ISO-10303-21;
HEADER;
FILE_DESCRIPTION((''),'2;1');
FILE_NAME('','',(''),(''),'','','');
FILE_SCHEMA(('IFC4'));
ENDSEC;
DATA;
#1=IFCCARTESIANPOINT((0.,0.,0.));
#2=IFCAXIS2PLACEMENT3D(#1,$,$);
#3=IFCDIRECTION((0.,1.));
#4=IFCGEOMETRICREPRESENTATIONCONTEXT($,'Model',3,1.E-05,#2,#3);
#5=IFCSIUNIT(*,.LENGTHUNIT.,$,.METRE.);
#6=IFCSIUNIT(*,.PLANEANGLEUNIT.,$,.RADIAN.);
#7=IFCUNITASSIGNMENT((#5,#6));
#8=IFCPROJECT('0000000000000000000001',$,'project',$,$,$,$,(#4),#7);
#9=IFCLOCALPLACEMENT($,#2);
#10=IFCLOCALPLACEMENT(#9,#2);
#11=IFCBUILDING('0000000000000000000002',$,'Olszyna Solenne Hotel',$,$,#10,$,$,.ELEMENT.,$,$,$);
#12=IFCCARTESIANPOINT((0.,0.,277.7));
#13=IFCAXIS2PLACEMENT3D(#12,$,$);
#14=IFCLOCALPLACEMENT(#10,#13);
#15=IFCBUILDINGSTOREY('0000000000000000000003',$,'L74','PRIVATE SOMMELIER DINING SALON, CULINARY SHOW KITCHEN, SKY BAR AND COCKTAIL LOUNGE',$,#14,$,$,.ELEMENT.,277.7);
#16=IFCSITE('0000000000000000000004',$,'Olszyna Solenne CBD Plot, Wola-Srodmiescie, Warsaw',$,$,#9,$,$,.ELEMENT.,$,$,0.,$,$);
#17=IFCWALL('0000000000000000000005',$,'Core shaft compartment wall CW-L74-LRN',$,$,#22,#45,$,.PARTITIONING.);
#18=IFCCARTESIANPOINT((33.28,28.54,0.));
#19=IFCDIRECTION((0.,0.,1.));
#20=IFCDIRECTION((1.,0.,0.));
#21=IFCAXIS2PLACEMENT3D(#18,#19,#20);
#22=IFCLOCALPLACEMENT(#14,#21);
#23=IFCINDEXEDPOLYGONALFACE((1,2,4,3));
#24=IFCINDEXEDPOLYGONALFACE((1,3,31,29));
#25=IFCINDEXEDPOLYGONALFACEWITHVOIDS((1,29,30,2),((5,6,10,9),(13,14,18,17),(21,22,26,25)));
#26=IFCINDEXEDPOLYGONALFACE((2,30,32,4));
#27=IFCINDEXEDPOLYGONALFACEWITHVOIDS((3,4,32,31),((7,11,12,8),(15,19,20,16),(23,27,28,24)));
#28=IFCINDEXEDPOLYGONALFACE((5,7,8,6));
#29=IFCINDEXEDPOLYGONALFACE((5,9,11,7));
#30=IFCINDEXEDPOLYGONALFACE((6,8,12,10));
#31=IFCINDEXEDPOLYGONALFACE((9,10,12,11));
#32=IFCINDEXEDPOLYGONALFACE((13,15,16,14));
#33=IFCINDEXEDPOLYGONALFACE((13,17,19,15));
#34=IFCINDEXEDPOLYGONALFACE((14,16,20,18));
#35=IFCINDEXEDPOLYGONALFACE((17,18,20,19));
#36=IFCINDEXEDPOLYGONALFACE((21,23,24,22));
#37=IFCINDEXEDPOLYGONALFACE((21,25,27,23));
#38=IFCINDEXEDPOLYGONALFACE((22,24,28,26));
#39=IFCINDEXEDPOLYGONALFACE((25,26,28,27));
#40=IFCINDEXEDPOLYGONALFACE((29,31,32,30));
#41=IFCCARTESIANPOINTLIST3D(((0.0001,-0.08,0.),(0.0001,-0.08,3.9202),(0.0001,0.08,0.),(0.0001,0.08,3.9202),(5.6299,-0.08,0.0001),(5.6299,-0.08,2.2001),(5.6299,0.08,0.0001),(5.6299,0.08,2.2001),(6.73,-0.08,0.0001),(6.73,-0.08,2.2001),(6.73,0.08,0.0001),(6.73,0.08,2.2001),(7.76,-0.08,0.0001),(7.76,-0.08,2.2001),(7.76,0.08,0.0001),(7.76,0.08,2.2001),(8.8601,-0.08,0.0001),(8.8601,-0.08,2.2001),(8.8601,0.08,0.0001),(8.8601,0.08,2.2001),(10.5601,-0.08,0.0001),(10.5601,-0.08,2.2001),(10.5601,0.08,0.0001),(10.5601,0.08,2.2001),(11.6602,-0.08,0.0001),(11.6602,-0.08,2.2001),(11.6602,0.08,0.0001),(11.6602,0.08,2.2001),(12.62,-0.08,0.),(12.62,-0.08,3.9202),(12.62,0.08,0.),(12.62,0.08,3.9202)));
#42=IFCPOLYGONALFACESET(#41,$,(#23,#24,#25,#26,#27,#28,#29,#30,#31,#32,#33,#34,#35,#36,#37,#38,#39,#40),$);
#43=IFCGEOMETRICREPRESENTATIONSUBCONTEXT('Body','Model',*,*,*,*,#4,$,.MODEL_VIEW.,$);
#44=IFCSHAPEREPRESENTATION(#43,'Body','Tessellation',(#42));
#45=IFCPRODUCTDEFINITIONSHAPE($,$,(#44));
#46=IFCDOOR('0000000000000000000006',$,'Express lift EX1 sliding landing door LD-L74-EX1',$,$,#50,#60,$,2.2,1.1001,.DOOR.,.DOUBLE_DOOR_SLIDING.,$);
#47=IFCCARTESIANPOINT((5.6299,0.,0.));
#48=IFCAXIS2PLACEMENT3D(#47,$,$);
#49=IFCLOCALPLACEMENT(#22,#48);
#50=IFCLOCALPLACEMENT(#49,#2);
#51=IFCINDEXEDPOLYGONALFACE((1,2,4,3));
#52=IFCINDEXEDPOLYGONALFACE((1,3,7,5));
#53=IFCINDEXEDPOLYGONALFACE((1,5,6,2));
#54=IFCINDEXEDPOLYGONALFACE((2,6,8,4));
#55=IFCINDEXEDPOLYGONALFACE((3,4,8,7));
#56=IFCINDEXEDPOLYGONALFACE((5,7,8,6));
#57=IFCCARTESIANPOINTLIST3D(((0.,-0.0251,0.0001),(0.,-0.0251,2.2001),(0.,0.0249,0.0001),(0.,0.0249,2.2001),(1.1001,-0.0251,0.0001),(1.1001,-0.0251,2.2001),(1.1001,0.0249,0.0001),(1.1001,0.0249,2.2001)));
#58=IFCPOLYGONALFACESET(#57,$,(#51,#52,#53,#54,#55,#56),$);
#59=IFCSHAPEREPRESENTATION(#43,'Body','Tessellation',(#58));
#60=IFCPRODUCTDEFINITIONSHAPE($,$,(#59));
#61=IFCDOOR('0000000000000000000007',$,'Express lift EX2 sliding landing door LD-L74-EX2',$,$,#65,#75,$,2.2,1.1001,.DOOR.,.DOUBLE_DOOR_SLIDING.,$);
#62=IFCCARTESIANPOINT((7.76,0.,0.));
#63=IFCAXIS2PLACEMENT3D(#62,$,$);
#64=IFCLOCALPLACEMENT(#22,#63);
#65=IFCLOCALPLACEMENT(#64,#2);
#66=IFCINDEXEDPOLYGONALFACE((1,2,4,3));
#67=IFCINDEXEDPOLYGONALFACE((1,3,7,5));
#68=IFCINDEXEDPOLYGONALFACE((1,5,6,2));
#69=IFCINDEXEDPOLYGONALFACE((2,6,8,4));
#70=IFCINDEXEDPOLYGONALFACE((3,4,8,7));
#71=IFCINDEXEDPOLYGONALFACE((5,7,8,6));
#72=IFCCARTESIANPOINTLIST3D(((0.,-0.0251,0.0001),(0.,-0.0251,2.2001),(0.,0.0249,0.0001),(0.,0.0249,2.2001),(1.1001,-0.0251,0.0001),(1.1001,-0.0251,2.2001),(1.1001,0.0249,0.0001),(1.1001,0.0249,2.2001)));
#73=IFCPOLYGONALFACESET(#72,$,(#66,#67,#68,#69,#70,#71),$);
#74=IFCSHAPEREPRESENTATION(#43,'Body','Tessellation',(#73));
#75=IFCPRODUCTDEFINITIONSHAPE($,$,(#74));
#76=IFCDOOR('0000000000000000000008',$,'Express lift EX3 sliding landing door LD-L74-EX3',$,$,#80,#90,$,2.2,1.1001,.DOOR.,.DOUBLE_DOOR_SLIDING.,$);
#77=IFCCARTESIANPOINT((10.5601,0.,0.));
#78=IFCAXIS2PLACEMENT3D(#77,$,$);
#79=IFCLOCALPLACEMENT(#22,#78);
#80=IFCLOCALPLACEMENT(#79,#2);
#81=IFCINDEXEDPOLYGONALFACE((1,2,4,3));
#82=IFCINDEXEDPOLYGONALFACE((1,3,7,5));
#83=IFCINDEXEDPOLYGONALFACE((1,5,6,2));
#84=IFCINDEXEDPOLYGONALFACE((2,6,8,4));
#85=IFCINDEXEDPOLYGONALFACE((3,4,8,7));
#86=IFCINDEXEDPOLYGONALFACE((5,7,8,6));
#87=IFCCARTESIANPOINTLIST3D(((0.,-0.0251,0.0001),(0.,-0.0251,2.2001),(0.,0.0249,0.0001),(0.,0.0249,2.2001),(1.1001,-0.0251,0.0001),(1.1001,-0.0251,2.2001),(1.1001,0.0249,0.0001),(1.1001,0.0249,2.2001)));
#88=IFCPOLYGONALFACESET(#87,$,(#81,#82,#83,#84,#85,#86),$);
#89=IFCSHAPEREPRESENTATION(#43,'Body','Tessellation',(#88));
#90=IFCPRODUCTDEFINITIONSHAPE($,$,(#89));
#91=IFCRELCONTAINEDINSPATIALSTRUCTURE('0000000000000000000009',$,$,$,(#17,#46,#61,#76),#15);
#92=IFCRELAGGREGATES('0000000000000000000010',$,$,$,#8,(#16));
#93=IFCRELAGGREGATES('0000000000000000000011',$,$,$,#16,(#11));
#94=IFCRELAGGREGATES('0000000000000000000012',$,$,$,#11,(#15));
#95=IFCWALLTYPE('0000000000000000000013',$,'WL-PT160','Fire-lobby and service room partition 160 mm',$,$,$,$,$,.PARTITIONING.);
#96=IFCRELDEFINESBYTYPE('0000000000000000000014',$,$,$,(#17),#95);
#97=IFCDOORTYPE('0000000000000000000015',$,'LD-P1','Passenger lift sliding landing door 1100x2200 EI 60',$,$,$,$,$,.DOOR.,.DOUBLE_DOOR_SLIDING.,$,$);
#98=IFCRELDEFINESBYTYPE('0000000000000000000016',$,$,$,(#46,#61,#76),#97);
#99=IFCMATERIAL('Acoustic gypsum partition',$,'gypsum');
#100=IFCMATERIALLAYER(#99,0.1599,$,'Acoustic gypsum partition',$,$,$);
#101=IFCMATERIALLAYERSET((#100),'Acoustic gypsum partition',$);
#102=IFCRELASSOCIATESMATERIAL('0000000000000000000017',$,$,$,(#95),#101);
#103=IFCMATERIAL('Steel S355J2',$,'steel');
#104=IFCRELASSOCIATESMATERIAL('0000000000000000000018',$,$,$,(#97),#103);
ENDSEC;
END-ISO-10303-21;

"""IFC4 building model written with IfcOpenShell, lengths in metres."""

from ifc_helpers import new_model, si_unit, direction, frame, frame_2d, origin, place, context, subcontext, project, spatial, rectangle, extrude, source, transform, mapped, material, layer, layer_set, type_object, type_shapes, element, fill, save


model = new_model("IFC4")

# Units and contexts
model_context = context("Model", 3, precision=1e-05, world=origin(), true_north=direction((0.0, 1.0)))
body_context = subcontext(model_context, "Body", "Model", "MODEL_VIEW")
ifc_project = project(units=[si_unit("LENGTHUNIT", "METRE"), si_unit("PLANEANGLEUNIT", "RADIAN")], contexts=[model_context])

# Site, building, storey
site_placement = place(None, origin())
site = spatial("IfcSite", under=ifc_project, at=site_placement, Name="Olszyna Solenne CBD Plot, Wola-Srodmiescie, Warsaw", CompositionType="ELEMENT", RefElevation=0.0)
building_placement = place(site_placement, origin())
building = spatial("IfcBuilding", under=site, at=building_placement, Name="Olszyna Solenne Hotel", CompositionType="ELEMENT")
storey_placement = place(building_placement, frame((0.0, 0.0, 277.7)))
storey = spatial("IfcBuildingStorey", under=building, at=storey_placement, Name="L74", Description="PRIVATE SOMMELIER DINING SALON, CULINARY SHOW KITCHEN, SKY BAR AND COCKTAIL LOUNGE", CompositionType="ELEMENT", Elevation=277.7)

# Shared definitions
ifc_material_1 = material(Name="Steel S355J2", Category="steel")

# Shared definitions
ifc_material_2 = material(Name="Acoustic gypsum partition", Category="gypsum")
ifc_layer_1 = layer(ifc_material_2, 0.1599, Name="Acoustic gypsum partition")
ifc_layer_set_1 = layer_set([ifc_layer_1], Name="Acoustic gypsum partition")
wall_type_1 = type_object("IfcWallType", Name="WL-PT160", Description="Fire-lobby and service room partition 160 mm", PredefinedType="PARTITIONING", material=ifc_layer_set_1)

# Wall, openings, doors
wall_1_placement = place(storey_placement, frame((33.28, 28.54, 0.0), z_axis=(0.0, 0.0, 1.0), x_axis=(1.0, 0.0, 0.0)))
wall_1 = element("IfcWall", 1, at=wall_1_placement, inside=storey, type_object=wall_type_1, Name="Core shaft compartment wall CW-L74-LRN", PredefinedType="PARTITIONING", context=body_context, shape_type="SweptSolid", body=[
    extrude(rectangle(XDim=12.6199, YDim=0.1599, at=frame_2d((6.3101, 0.0))), origin(), (0.0, 0.0, 1.0), 3.9202),
])
opening_1_placement = place(wall_1_placement, frame((5.6299, 0.0, 0.0)))
opening_1 = element("IfcOpeningElement", 2, at=opening_1_placement, cuts=wall_1, PredefinedType="OPENING", context=body_context, shape_type="SweptSolid", body=[
    extrude(rectangle(XDim=1.1001, YDim=2.2, at=frame_2d((0.55, 1.1001))), frame((0.0, 0.0898, 0.0), z_axis=(0.0, -1.0, 0.0), x_axis=(1.0, 0.0, 0.0)), (0.0, 0.0, 1.0), 0.1799),
])
opening_2_placement = place(wall_1_placement, frame((7.76, 0.0, 0.0)))
opening_2 = element("IfcOpeningElement", 3, at=opening_2_placement, cuts=wall_1, PredefinedType="OPENING", context=body_context, shape_type="SweptSolid", body=[
    extrude(rectangle(XDim=1.1001, YDim=2.2, at=frame_2d((0.55, 1.1001))), frame((0.0, 0.0898, 0.0), z_axis=(0.0, -1.0, 0.0), x_axis=(1.0, 0.0, 0.0)), (0.0, 0.0, 1.0), 0.1799),
])
opening_3_placement = place(wall_1_placement, frame((10.5601, 0.0, 0.0)))
opening_3 = element("IfcOpeningElement", 4, at=opening_3_placement, cuts=wall_1, PredefinedType="OPENING", context=body_context, shape_type="SweptSolid", body=[
    extrude(rectangle(XDim=1.1001, YDim=2.2, at=frame_2d((0.55, 1.1001))), frame((0.0, 0.0898, 0.0), z_axis=(0.0, -1.0, 0.0), x_axis=(1.0, 0.0, 0.0)), (0.0, 0.0, 1.0), 0.1799),
])
door_type_1 = type_object("IfcDoorType", Name="LD-P1", Description="Passenger lift sliding landing door 1100x2200 EI 60", OperationType="DOUBLE_DOOR_SLIDING", PredefinedType="DOOR", material=ifc_material_1)
shared_shape_1 = source(origin(), body_context, "Body", "SweptSolid", [
    extrude(rectangle(XDim=1.1001, YDim=2.2, at=frame_2d((0.55, 1.1001))), frame((0.0, 0.0249, 0.0), z_axis=(0.0, -1.0, 0.0), x_axis=(1.0, 0.0, 0.0)), (0.0, 0.0, 1.0), 0.05),
])
type_shapes(door_type_1, [shared_shape_1])
door_1_placement = place(opening_1_placement, origin())
door_1 = element("IfcDoor", 5, at=door_1_placement, inside=storey, type_object=door_type_1, Name="Express lift EX1 sliding landing door LD-L74-EX1", OperationType="DOUBLE_DOOR_SLIDING", OverallHeight=2.2, OverallWidth=1.1001, PredefinedType="DOOR", context=body_context, shape_type="MappedRepresentation", body=[
    mapped(shared_shape_1, transform((0.0, 0.0, 0.0), x_axis=(1.0, 0.0, 0.0), y_axis=(0.0, 1.0, 0.0), z_axis=(0.0, 0.0, 1.0), scale=1.0)),
])
fill(opening_1, door_1)
door_2_placement = place(opening_2_placement, origin())
door_2 = element("IfcDoor", 6, at=door_2_placement, inside=storey, type_object=door_type_1, Name="Express lift EX2 sliding landing door LD-L74-EX2", OperationType="DOUBLE_DOOR_SLIDING", OverallHeight=2.2, OverallWidth=1.1001, PredefinedType="DOOR", context=body_context, shape_type="MappedRepresentation", body=[
    mapped(shared_shape_1, transform((0.0, 0.0, 0.0), x_axis=(1.0, 0.0, 0.0), y_axis=(0.0, 1.0, 0.0), z_axis=(0.0, 0.0, 1.0), scale=1.0)),
])
fill(opening_2, door_2)
door_3_placement = place(opening_3_placement, origin())
door_3 = element("IfcDoor", 7, at=door_3_placement, inside=storey, type_object=door_type_1, Name="Express lift EX3 sliding landing door LD-L74-EX3", OperationType="DOUBLE_DOOR_SLIDING", OverallHeight=2.2, OverallWidth=1.1001, PredefinedType="DOOR", context=body_context, shape_type="MappedRepresentation", body=[
    mapped(shared_shape_1, transform((0.0, 0.0, 0.0), x_axis=(1.0, 0.0, 0.0), y_axis=(0.0, 1.0, 0.0), z_axis=(0.0, 0.0, 1.0), scale=1.0)),
])
fill(opening_3, door_3)

save(model, "model.ifc")
